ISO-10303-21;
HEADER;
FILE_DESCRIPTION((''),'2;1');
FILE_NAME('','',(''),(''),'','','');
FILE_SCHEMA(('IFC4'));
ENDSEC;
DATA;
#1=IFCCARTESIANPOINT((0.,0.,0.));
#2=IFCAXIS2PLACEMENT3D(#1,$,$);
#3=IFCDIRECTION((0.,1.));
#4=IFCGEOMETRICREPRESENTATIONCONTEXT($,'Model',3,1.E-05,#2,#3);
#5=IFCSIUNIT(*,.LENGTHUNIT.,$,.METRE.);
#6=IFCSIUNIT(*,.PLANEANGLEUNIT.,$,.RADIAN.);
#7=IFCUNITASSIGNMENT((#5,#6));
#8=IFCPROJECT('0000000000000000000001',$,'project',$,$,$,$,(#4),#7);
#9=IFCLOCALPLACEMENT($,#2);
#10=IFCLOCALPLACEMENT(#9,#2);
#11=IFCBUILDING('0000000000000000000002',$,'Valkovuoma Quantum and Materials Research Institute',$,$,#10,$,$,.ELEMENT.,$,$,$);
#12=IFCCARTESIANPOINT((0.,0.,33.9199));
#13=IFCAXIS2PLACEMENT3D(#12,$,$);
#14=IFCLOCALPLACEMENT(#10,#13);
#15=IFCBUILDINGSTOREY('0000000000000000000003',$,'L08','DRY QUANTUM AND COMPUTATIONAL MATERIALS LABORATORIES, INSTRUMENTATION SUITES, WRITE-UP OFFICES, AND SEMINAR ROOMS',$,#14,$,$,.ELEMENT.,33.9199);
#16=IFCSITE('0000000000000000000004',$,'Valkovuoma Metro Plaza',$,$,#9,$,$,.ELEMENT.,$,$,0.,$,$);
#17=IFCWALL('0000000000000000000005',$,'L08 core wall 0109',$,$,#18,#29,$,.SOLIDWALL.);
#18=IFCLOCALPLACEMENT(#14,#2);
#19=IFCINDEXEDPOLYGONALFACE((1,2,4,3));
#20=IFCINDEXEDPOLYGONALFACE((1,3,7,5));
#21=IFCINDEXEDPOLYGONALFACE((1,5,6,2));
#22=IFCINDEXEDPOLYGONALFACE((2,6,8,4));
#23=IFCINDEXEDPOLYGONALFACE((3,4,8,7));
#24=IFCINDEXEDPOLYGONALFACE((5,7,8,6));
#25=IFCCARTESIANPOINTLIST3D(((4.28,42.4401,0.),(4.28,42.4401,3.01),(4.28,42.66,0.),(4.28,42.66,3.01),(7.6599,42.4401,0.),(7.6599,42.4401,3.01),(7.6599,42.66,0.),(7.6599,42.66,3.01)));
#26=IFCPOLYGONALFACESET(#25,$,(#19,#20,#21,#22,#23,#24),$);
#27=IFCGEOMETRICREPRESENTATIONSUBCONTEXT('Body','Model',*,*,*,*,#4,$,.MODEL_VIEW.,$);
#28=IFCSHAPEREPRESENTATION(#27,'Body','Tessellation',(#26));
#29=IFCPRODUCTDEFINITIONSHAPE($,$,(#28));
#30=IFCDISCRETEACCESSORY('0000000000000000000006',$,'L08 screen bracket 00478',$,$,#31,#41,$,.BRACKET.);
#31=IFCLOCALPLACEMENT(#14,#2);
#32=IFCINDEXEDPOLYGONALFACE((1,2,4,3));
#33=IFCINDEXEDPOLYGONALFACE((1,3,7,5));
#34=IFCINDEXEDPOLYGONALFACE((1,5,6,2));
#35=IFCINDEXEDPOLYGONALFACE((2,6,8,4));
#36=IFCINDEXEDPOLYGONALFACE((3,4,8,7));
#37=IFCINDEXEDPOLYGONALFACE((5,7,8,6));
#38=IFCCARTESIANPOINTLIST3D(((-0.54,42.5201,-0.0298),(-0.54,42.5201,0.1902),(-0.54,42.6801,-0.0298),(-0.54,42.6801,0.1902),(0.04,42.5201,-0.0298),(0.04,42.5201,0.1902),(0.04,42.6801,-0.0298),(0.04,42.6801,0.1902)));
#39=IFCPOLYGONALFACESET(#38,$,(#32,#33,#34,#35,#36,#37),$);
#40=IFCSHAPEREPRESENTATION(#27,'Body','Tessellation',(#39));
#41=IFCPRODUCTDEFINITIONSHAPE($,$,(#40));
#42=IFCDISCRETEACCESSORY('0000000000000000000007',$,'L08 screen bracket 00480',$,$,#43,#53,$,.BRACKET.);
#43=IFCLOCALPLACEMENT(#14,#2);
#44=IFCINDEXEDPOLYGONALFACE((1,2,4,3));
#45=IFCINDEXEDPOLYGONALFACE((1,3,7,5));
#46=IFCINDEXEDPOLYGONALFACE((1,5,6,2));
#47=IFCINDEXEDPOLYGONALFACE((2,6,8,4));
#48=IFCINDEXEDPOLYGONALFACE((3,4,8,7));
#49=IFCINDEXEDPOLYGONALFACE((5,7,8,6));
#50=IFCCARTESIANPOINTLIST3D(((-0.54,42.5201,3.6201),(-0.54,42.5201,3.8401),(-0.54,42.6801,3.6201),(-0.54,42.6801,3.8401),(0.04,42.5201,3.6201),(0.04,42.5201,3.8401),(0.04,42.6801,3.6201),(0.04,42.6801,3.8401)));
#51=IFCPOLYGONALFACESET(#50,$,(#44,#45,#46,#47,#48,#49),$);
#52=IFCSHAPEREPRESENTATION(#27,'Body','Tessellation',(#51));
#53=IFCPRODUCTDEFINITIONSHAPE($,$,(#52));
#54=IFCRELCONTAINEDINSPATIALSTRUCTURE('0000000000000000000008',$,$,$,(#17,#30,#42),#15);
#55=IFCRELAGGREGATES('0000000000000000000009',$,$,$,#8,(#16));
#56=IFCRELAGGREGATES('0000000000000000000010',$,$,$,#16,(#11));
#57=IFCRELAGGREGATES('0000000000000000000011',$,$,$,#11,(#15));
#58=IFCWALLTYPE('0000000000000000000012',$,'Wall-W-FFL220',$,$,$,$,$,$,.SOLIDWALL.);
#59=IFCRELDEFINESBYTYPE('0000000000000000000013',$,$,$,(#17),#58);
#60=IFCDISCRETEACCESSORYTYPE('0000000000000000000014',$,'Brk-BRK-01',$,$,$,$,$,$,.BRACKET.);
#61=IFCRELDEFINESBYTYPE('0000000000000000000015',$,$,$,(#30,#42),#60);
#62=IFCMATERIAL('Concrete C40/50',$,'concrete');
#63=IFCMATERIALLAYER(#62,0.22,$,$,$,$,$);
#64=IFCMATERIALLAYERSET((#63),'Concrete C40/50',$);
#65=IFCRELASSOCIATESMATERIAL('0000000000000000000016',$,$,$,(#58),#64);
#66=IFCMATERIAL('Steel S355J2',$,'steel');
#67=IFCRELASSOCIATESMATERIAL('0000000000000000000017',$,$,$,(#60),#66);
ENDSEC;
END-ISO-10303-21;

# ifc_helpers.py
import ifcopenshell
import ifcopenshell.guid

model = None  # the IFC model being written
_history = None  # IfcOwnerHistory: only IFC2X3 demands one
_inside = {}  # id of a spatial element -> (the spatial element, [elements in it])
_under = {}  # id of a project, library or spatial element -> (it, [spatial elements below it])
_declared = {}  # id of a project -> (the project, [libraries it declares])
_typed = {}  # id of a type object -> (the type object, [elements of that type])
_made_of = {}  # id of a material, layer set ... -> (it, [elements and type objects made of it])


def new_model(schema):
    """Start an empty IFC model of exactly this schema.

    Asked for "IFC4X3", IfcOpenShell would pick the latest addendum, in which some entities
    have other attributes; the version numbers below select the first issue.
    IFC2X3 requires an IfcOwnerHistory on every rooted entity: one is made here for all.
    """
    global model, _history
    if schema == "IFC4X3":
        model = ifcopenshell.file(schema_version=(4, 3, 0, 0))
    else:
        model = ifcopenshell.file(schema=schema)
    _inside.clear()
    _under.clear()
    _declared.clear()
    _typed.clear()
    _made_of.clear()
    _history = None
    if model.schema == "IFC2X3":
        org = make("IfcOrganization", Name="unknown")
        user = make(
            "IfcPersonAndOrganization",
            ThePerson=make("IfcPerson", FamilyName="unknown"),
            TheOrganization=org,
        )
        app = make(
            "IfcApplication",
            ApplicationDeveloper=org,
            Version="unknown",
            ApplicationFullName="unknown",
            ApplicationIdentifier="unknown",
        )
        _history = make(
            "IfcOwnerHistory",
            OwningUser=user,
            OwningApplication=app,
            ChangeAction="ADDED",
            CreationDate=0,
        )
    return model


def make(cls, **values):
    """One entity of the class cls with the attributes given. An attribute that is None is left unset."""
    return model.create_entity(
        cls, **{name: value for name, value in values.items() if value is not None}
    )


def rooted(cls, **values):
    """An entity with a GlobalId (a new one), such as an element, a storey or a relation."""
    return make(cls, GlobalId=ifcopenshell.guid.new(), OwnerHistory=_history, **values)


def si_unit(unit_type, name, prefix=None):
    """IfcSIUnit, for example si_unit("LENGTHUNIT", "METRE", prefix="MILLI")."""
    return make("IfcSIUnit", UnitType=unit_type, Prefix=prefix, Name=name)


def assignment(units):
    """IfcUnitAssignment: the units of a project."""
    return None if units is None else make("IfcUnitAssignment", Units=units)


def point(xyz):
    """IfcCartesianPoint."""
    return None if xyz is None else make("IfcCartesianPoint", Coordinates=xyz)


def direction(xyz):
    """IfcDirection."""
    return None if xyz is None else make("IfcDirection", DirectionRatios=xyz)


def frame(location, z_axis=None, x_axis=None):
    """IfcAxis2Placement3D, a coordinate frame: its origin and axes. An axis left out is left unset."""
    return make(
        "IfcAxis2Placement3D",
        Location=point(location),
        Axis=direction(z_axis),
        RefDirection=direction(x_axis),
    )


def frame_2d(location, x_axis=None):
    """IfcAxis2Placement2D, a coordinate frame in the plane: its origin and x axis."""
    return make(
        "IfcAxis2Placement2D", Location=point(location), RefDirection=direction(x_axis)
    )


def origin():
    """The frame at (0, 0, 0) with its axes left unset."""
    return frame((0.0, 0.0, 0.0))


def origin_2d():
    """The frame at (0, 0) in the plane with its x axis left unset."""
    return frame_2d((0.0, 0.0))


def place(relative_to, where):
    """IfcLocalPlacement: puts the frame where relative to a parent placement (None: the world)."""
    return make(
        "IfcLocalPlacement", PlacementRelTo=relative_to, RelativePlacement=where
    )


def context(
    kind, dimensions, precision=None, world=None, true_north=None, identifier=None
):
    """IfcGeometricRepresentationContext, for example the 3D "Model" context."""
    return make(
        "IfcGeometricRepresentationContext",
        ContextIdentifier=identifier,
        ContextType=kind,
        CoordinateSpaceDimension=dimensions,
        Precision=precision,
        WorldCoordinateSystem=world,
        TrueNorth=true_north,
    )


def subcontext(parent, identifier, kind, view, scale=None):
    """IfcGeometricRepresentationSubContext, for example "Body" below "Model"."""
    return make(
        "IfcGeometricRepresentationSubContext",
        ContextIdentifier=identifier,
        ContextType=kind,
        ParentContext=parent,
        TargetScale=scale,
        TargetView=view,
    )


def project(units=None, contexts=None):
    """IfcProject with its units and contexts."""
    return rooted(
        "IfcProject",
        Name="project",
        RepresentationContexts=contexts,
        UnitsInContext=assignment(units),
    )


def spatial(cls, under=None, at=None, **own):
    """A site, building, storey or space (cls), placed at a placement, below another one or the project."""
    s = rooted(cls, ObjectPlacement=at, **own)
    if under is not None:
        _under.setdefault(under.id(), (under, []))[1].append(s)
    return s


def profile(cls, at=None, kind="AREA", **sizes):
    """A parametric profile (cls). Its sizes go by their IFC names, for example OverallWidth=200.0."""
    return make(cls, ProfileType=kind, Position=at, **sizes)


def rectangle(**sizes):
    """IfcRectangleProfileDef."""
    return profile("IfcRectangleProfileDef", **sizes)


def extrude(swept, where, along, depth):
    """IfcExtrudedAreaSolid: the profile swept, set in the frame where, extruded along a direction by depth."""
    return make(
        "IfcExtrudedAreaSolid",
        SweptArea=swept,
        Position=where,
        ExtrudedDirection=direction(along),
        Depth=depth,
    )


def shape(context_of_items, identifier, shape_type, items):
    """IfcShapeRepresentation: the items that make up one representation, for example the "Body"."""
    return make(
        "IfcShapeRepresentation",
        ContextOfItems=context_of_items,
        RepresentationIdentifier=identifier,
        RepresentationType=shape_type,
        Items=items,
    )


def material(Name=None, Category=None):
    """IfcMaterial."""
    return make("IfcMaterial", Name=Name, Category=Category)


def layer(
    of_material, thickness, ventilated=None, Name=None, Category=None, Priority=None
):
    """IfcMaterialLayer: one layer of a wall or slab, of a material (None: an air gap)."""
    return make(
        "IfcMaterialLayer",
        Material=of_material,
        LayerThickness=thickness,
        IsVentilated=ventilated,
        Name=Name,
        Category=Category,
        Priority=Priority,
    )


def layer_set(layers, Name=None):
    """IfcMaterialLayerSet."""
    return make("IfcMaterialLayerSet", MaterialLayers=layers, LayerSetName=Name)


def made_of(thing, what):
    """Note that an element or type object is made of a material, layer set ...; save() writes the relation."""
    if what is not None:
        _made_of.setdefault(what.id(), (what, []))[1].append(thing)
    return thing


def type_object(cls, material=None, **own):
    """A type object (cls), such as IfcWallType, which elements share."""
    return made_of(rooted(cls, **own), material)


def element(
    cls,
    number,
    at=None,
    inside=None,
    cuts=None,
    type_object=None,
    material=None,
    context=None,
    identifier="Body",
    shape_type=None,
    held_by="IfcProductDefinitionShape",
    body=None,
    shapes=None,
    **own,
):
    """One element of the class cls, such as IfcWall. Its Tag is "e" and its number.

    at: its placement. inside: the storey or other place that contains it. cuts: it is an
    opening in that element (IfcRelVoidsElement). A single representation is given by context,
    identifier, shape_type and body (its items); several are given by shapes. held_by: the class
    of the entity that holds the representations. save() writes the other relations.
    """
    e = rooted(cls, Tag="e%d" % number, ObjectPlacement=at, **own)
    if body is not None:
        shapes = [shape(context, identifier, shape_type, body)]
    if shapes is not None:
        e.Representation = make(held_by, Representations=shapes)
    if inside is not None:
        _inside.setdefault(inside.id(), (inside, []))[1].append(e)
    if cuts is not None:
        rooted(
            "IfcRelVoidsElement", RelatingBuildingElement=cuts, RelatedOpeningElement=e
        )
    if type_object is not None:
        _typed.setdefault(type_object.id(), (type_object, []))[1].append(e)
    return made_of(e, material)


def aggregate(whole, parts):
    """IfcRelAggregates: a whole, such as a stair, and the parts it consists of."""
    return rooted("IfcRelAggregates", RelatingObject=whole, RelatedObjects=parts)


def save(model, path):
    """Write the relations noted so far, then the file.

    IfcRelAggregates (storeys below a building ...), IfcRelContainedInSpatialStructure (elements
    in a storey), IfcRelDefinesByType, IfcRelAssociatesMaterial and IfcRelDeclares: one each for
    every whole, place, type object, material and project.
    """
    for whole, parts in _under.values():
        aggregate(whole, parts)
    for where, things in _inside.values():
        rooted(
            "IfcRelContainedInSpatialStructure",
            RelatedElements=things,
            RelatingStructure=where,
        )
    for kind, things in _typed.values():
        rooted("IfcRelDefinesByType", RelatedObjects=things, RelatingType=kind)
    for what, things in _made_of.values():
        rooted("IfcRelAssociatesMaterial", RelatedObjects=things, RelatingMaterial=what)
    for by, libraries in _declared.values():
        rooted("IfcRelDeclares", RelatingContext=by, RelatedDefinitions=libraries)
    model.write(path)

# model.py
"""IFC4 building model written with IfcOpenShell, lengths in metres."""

from ifc_helpers import new_model, si_unit, direction, frame, frame_2d, origin, origin_2d, place, context, subcontext, project, spatial, rectangle, extrude, material, layer, layer_set, type_object, element, save


model = new_model("IFC4")

# Units and contexts
model_context = context("Model", 3, precision=1e-05, world=origin(), true_north=direction((0.0, 1.0)))
body_context = subcontext(model_context, "Body", "Model", "MODEL_VIEW")
ifc_project = project(units=[si_unit("LENGTHUNIT", "METRE"), si_unit("PLANEANGLEUNIT", "RADIAN")], contexts=[model_context])

# Site, building, storey
site_placement = place(None, origin())
site = spatial("IfcSite", under=ifc_project, at=site_placement, Name="Valkovuoma Metro Plaza", CompositionType="ELEMENT", RefElevation=0.0)
building_placement = place(site_placement, origin())
building = spatial("IfcBuilding", under=site, at=building_placement, Name="Valkovuoma Quantum and Materials Research Institute", CompositionType="ELEMENT")
storey_placement = place(building_placement, frame((0.0, 0.0, 33.9199)))
storey = spatial("IfcBuildingStorey", under=building, at=storey_placement, Name="L08", Description="DRY QUANTUM AND COMPUTATIONAL MATERIALS LABORATORIES, INSTRUMENTATION SUITES, WRITE-UP OFFICES, AND SEMINAR ROOMS", CompositionType="ELEMENT", Elevation=33.9199)

# Wall
ifc_material_1 = material(Name="Concrete C40/50", Category="concrete")
ifc_layer_1 = layer(ifc_material_1, 0.22)
ifc_layer_set_1 = layer_set([ifc_layer_1], Name="Concrete C40/50")
wall_type_1 = type_object("IfcWallType", Name="Wall-W-FFL220", PredefinedType="SOLIDWALL", material=ifc_layer_set_1)
wall_1_placement = place(storey_placement, frame((4.28, 42.55, 0.0), z_axis=(0.0, 0.0, 1.0), x_axis=(1.0, 0.0, 0.0)))
element("IfcWall", 1, at=wall_1_placement, inside=storey, type_object=wall_type_1, Name="L08 core wall 0109", PredefinedType="SOLIDWALL", context=body_context, shape_type="SweptSolid", body=[
    extrude(rectangle(XDim=3.3799, YDim=0.22, at=frame_2d((1.6899, 0.0))), origin(), (0.0, 0.0, 1.0), 3.01),
])

# Discrete accessories
ifc_material_2 = material(Name="Steel S355J2", Category="steel")
discrete_accessory_type = type_object("IfcDiscreteAccessoryType", Name="Brk-BRK-01", PredefinedType="BRACKET", material=ifc_material_2)
for number, where, z_axis, x_axis, name in (
    (2, (-0.25, 42.6001, -0.0298), (0.0, 0.0, 1.0), (1.0, 0.0, 0.0), "L08 screen bracket 00478"),
    (3, (-0.25, 42.6001, 3.6201), (0.0, 0.0, 1.0), (1.0, 0.0, 0.0), "L08 screen bracket 00480"),
):
    element("IfcDiscreteAccessory", number, at=place(storey_placement, frame(where, z_axis=z_axis, x_axis=x_axis)), inside=storey, type_object=discrete_accessory_type, Name=name, PredefinedType="BRACKET", context=body_context, shape_type="SweptSolid", body=[
        extrude(rectangle(XDim=0.5801, YDim=0.1599, at=origin_2d()), origin(), (0.0, 0.0, 1.0), 0.22),
    ])

save(model, "model.ifc")
